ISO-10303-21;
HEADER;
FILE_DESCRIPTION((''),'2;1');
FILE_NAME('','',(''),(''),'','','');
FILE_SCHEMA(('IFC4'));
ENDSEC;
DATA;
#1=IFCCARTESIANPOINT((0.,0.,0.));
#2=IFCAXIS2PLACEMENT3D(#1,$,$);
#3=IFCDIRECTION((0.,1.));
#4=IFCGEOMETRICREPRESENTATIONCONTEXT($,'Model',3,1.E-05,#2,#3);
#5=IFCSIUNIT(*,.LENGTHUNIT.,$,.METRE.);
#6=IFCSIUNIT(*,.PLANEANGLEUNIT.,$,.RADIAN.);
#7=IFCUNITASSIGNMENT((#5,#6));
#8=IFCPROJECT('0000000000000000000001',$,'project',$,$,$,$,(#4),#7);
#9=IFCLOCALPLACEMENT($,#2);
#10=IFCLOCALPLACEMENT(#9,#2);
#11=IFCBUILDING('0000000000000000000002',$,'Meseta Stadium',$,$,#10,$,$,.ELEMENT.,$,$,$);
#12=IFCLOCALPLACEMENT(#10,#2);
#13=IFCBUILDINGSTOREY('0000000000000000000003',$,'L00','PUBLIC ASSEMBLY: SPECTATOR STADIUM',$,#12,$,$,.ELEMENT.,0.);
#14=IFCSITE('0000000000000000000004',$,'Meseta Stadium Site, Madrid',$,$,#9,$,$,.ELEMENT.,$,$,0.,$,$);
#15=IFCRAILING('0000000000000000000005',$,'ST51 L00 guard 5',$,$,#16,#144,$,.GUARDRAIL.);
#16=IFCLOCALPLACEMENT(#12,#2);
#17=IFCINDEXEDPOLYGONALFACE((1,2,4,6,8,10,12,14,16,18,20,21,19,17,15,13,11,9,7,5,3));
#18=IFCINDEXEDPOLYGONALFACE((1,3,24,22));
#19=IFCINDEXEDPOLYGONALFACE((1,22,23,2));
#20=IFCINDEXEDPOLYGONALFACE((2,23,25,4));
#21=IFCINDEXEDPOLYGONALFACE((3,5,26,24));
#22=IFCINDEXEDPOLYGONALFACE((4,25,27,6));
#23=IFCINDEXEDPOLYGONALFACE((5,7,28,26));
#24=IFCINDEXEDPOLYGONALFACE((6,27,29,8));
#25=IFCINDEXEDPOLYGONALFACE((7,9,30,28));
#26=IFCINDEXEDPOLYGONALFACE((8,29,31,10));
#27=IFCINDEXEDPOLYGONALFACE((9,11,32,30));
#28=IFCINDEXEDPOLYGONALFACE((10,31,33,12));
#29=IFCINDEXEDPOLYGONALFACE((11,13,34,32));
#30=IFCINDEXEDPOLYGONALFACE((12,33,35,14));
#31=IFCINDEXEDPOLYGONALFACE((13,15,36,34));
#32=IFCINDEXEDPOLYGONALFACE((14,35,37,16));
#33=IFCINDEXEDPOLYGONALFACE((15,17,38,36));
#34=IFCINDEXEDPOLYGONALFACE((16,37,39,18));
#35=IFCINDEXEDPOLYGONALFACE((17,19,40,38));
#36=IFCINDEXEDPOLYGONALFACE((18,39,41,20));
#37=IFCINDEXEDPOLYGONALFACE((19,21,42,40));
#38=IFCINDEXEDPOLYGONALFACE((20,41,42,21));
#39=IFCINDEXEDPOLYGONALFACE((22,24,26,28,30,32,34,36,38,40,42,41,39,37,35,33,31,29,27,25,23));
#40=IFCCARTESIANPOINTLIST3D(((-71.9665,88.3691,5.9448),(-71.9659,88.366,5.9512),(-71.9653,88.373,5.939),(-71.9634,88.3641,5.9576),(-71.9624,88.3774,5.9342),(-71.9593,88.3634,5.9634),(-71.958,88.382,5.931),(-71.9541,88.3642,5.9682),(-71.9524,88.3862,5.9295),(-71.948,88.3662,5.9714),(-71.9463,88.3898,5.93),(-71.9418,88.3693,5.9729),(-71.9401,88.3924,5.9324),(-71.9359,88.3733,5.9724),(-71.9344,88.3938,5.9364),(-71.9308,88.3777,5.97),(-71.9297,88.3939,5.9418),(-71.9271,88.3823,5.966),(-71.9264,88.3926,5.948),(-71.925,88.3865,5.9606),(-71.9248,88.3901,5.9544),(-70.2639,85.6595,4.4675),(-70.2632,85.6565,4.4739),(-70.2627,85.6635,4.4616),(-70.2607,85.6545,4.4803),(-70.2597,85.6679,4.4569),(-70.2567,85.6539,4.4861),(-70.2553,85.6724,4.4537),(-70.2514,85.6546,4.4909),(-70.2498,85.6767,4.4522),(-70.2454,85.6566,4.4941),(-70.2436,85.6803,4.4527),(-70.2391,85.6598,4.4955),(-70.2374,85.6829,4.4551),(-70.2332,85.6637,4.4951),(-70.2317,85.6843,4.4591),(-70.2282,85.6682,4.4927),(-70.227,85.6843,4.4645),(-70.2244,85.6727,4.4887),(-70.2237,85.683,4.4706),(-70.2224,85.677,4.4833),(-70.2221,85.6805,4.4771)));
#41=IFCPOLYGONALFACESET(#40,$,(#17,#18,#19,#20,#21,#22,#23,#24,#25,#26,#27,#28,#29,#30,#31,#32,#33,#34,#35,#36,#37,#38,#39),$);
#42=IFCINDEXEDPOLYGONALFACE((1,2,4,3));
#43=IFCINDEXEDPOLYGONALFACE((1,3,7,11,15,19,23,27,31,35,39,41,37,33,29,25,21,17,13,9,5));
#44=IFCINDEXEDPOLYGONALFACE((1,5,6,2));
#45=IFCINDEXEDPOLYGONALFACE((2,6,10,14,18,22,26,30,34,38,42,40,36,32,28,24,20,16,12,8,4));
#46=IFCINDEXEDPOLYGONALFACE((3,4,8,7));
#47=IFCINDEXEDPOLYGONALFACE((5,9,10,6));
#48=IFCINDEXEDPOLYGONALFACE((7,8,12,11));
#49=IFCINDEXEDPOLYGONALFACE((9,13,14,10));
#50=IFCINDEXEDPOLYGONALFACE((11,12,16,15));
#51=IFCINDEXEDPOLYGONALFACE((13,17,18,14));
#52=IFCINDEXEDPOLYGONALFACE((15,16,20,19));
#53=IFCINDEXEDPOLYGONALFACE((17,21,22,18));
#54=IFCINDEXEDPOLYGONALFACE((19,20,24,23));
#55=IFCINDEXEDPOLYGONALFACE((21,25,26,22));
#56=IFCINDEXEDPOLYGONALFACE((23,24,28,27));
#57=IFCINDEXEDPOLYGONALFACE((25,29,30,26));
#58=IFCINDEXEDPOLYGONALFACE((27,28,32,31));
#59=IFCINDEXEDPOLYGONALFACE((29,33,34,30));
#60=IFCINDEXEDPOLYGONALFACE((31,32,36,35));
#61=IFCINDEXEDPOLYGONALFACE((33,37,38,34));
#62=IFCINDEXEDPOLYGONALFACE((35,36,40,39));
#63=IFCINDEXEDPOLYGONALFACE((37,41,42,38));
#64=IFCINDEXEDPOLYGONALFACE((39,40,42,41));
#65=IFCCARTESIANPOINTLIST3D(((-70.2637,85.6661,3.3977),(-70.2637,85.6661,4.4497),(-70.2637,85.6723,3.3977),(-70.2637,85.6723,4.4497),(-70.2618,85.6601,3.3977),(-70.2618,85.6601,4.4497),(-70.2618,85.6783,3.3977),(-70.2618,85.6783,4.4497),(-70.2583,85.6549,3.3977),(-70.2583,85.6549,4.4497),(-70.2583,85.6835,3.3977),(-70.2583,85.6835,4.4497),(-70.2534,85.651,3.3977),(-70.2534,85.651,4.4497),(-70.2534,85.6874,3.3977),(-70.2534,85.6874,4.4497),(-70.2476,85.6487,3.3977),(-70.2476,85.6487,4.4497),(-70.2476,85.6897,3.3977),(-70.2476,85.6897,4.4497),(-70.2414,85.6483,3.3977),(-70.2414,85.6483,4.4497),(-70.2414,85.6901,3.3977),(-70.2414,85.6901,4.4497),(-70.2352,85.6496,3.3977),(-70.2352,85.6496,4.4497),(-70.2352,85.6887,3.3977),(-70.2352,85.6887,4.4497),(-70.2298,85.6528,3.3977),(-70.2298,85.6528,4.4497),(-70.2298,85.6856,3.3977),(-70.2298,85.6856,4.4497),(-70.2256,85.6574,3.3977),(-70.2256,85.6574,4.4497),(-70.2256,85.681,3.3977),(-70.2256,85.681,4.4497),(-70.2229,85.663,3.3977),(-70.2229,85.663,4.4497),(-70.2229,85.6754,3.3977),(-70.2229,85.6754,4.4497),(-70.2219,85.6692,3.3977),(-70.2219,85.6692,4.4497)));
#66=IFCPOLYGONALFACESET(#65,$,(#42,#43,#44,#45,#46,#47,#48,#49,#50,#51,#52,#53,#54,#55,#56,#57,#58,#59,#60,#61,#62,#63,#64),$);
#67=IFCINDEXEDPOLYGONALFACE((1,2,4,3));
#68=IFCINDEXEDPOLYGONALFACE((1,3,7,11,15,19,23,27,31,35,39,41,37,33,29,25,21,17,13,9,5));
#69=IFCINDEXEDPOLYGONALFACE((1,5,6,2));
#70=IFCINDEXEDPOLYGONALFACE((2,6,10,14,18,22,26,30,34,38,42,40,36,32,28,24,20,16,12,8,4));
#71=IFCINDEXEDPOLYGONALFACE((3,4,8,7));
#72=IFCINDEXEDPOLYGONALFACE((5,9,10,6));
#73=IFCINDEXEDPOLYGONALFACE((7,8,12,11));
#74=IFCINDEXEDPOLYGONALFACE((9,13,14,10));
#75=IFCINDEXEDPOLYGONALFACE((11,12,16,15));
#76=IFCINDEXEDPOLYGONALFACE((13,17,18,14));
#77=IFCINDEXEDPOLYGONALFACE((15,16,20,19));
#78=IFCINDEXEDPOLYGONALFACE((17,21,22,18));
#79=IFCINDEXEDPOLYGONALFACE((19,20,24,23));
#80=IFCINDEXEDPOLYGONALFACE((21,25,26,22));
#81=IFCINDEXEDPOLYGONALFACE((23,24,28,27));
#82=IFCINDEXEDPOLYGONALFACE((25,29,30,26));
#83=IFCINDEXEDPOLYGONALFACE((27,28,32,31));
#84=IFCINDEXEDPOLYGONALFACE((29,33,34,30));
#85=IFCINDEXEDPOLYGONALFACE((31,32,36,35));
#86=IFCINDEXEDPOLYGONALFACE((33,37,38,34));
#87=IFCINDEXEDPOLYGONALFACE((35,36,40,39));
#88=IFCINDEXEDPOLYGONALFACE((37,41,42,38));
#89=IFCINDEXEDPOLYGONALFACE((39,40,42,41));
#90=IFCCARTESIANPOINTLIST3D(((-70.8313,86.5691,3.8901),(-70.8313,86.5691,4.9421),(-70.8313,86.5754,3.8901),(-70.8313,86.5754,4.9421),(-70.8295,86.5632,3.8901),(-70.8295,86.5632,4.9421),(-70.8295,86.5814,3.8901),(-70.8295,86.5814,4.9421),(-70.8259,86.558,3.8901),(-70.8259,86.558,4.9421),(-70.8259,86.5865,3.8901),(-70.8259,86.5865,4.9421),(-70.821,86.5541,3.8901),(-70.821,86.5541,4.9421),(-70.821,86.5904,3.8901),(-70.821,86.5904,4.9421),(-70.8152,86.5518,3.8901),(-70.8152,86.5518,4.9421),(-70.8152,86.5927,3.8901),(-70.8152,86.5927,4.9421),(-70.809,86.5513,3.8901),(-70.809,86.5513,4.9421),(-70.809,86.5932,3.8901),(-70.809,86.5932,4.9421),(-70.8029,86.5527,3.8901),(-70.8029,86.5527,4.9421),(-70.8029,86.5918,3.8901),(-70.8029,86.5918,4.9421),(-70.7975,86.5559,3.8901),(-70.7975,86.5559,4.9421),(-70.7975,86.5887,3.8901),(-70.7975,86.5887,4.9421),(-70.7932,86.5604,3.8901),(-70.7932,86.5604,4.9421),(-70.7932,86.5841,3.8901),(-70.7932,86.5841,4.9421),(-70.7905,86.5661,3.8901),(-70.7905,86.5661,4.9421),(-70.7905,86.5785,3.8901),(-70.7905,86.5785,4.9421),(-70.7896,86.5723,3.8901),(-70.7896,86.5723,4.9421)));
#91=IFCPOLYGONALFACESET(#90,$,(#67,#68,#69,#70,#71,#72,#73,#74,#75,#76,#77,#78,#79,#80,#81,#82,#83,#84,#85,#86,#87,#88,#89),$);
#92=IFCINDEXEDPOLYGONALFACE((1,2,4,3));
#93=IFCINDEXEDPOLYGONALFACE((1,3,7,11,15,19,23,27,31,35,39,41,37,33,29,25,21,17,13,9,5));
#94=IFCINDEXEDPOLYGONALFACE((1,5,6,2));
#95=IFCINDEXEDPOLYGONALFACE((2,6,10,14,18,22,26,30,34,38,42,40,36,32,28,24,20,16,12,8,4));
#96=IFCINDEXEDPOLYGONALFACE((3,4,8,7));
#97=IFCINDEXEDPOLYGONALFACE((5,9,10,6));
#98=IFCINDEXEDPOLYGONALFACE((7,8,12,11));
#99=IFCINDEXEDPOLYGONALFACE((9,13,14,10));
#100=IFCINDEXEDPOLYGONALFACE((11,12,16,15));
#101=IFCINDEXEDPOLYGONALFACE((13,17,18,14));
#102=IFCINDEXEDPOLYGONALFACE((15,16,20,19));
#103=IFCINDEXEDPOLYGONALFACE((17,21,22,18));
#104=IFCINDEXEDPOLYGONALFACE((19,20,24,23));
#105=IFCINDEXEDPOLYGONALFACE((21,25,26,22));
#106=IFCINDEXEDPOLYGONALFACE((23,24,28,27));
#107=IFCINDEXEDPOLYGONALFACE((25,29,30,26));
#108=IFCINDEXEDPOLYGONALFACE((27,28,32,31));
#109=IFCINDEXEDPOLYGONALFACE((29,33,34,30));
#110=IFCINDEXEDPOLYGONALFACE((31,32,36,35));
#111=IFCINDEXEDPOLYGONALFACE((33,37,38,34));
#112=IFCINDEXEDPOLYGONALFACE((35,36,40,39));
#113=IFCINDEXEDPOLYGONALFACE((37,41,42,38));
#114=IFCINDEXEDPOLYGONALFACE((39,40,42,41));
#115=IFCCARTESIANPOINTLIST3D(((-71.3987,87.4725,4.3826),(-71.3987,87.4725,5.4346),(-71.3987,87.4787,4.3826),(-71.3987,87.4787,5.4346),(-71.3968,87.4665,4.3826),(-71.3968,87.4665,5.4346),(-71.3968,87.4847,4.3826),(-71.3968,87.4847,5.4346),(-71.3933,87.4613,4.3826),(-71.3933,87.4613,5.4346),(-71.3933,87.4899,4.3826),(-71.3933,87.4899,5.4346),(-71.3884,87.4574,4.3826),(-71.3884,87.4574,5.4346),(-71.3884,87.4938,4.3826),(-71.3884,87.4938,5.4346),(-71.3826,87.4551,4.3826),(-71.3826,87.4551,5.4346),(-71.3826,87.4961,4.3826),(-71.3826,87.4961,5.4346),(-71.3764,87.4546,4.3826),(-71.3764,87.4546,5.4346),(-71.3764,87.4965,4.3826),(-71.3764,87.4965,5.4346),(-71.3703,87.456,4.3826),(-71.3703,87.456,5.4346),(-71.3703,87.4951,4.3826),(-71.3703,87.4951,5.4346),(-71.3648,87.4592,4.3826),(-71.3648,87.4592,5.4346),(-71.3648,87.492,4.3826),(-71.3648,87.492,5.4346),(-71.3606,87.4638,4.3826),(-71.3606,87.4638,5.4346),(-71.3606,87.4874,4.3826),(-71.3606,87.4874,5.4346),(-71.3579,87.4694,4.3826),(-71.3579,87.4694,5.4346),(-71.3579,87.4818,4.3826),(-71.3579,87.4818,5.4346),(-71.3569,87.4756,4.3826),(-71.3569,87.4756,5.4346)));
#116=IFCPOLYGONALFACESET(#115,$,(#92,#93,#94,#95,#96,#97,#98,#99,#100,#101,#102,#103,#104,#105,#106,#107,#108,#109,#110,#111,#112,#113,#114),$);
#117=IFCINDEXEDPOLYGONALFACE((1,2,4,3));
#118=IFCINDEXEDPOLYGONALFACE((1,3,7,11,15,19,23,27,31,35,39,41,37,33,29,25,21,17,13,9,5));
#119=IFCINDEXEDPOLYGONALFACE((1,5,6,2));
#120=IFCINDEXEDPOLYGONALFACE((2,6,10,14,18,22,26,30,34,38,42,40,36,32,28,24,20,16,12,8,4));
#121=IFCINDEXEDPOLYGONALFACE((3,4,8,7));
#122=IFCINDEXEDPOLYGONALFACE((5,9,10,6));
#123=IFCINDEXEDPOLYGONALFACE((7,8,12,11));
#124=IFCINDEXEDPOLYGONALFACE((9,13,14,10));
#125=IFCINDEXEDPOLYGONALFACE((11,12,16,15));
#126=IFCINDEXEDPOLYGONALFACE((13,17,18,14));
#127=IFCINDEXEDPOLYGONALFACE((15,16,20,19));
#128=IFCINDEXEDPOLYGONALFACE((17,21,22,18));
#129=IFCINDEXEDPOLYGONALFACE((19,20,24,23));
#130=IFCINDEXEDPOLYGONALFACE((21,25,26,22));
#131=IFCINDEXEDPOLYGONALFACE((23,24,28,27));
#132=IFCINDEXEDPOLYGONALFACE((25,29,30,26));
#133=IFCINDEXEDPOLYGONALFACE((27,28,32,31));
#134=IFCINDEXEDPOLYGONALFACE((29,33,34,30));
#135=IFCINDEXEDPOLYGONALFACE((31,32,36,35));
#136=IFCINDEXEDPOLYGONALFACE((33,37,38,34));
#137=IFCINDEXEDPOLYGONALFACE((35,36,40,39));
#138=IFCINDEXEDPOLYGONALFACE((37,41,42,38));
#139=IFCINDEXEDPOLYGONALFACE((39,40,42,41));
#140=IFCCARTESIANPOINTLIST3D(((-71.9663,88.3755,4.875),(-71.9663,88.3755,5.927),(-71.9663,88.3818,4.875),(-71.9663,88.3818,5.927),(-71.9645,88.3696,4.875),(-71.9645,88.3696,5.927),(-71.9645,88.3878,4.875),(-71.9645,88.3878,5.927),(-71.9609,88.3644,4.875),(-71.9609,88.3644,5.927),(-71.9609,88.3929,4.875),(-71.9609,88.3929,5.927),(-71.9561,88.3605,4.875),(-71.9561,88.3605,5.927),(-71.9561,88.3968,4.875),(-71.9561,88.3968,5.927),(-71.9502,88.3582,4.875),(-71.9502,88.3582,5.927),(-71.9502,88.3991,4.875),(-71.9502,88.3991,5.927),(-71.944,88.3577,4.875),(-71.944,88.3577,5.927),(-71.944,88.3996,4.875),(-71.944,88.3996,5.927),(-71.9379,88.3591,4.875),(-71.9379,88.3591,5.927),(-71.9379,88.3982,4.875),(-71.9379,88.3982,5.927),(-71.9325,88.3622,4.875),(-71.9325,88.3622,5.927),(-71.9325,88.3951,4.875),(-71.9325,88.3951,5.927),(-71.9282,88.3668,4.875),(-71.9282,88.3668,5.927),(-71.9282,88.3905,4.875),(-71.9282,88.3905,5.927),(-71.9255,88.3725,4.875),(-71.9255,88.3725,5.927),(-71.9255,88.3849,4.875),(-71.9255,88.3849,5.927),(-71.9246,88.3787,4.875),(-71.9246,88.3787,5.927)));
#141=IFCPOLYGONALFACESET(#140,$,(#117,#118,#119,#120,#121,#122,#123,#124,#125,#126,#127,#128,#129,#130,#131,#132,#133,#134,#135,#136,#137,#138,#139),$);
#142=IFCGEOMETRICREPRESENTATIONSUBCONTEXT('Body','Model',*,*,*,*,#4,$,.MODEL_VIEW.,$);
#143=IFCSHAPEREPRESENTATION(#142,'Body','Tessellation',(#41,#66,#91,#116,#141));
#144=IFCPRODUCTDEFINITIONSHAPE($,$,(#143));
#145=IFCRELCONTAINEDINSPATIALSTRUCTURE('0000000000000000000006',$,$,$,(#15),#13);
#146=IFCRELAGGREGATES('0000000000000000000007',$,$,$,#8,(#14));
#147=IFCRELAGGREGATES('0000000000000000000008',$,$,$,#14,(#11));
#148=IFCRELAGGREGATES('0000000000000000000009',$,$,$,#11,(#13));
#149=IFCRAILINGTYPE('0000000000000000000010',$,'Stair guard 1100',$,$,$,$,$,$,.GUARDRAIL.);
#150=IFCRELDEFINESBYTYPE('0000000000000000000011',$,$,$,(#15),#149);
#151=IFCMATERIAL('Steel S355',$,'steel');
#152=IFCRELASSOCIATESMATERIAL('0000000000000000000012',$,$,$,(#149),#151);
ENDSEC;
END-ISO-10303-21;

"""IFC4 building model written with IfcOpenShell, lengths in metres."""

from ifc_helpers import new_model, si_unit, direction, frame, origin, origin_2d, place, context, subcontext, project, spatial, circle, extrude, material, type_object, element, save


model = new_model("IFC4")

# Units and contexts
model_context = context("Model", 3, precision=1e-05, world=origin(), true_north=direction((0.0, 1.0)))
body_context = subcontext(model_context, "Body", "Model", "MODEL_VIEW")
ifc_project = project(units=[si_unit("LENGTHUNIT", "METRE"), si_unit("PLANEANGLEUNIT", "RADIAN")], contexts=[model_context])

# Site, building, storey
site_placement = place(None, origin())
site = spatial("IfcSite", under=ifc_project, at=site_placement, Name="Meseta Stadium Site, Madrid", CompositionType="ELEMENT", RefElevation=0.0)
building_placement = place(site_placement, origin())
building = spatial("IfcBuilding", under=site, at=building_placement, Name="Meseta Stadium", CompositionType="ELEMENT")
storey_placement = place(building_placement, origin())
storey = spatial("IfcBuildingStorey", under=building, at=storey_placement, Name="L00", Description="PUBLIC ASSEMBLY: SPECTATOR STADIUM", CompositionType="ELEMENT", Elevation=0.0)

# Railing
ifc_material_1 = material(Name="Steel S355", Category="steel")
railing_type_1 = type_object("IfcRailingType", Name="Stair guard 1100", PredefinedType="GUARDRAIL", material=ifc_material_1)
railing_1_placement = place(storey_placement, frame((-70.2429, 85.6692, 3.3977)))
element("IfcRailing", 1, at=railing_1_placement, inside=storey, type_object=railing_type_1, Name="ST51 L00 guard 5", PredefinedType="GUARDRAIL", context=body_context, shape_type="SweptSolid", body=[
    extrude(circle(Radius=0.0239, at=origin_2d()), frame((0.0, 0.0, 1.0762), z_axis=(-0.483076, 0.768738, 0.419142), x_axis=(-0.846701, -0.532068, 0.0)), (0.0, 0.0, 1.0), 3.5247),
    extrude(circle(Radius=0.021, at=origin_2d()), origin(), (0.0, 0.0, 1.0), 1.052),
    extrude(circle(Radius=0.021, at=origin_2d()), frame((-0.5676, 0.9031, 0.4924)), (0.0, 0.0, 1.0), 1.052),
    extrude(circle(Radius=0.021, at=origin_2d()), frame((-1.135, 1.8064, 0.9849)), (0.0, 0.0, 1.0), 1.052),
    extrude(circle(Radius=0.021, at=origin_2d()), frame((-1.7026, 2.7095, 1.4773)), (0.0, 0.0, 1.0), 1.052),
])

save(model, "model.ifc")
